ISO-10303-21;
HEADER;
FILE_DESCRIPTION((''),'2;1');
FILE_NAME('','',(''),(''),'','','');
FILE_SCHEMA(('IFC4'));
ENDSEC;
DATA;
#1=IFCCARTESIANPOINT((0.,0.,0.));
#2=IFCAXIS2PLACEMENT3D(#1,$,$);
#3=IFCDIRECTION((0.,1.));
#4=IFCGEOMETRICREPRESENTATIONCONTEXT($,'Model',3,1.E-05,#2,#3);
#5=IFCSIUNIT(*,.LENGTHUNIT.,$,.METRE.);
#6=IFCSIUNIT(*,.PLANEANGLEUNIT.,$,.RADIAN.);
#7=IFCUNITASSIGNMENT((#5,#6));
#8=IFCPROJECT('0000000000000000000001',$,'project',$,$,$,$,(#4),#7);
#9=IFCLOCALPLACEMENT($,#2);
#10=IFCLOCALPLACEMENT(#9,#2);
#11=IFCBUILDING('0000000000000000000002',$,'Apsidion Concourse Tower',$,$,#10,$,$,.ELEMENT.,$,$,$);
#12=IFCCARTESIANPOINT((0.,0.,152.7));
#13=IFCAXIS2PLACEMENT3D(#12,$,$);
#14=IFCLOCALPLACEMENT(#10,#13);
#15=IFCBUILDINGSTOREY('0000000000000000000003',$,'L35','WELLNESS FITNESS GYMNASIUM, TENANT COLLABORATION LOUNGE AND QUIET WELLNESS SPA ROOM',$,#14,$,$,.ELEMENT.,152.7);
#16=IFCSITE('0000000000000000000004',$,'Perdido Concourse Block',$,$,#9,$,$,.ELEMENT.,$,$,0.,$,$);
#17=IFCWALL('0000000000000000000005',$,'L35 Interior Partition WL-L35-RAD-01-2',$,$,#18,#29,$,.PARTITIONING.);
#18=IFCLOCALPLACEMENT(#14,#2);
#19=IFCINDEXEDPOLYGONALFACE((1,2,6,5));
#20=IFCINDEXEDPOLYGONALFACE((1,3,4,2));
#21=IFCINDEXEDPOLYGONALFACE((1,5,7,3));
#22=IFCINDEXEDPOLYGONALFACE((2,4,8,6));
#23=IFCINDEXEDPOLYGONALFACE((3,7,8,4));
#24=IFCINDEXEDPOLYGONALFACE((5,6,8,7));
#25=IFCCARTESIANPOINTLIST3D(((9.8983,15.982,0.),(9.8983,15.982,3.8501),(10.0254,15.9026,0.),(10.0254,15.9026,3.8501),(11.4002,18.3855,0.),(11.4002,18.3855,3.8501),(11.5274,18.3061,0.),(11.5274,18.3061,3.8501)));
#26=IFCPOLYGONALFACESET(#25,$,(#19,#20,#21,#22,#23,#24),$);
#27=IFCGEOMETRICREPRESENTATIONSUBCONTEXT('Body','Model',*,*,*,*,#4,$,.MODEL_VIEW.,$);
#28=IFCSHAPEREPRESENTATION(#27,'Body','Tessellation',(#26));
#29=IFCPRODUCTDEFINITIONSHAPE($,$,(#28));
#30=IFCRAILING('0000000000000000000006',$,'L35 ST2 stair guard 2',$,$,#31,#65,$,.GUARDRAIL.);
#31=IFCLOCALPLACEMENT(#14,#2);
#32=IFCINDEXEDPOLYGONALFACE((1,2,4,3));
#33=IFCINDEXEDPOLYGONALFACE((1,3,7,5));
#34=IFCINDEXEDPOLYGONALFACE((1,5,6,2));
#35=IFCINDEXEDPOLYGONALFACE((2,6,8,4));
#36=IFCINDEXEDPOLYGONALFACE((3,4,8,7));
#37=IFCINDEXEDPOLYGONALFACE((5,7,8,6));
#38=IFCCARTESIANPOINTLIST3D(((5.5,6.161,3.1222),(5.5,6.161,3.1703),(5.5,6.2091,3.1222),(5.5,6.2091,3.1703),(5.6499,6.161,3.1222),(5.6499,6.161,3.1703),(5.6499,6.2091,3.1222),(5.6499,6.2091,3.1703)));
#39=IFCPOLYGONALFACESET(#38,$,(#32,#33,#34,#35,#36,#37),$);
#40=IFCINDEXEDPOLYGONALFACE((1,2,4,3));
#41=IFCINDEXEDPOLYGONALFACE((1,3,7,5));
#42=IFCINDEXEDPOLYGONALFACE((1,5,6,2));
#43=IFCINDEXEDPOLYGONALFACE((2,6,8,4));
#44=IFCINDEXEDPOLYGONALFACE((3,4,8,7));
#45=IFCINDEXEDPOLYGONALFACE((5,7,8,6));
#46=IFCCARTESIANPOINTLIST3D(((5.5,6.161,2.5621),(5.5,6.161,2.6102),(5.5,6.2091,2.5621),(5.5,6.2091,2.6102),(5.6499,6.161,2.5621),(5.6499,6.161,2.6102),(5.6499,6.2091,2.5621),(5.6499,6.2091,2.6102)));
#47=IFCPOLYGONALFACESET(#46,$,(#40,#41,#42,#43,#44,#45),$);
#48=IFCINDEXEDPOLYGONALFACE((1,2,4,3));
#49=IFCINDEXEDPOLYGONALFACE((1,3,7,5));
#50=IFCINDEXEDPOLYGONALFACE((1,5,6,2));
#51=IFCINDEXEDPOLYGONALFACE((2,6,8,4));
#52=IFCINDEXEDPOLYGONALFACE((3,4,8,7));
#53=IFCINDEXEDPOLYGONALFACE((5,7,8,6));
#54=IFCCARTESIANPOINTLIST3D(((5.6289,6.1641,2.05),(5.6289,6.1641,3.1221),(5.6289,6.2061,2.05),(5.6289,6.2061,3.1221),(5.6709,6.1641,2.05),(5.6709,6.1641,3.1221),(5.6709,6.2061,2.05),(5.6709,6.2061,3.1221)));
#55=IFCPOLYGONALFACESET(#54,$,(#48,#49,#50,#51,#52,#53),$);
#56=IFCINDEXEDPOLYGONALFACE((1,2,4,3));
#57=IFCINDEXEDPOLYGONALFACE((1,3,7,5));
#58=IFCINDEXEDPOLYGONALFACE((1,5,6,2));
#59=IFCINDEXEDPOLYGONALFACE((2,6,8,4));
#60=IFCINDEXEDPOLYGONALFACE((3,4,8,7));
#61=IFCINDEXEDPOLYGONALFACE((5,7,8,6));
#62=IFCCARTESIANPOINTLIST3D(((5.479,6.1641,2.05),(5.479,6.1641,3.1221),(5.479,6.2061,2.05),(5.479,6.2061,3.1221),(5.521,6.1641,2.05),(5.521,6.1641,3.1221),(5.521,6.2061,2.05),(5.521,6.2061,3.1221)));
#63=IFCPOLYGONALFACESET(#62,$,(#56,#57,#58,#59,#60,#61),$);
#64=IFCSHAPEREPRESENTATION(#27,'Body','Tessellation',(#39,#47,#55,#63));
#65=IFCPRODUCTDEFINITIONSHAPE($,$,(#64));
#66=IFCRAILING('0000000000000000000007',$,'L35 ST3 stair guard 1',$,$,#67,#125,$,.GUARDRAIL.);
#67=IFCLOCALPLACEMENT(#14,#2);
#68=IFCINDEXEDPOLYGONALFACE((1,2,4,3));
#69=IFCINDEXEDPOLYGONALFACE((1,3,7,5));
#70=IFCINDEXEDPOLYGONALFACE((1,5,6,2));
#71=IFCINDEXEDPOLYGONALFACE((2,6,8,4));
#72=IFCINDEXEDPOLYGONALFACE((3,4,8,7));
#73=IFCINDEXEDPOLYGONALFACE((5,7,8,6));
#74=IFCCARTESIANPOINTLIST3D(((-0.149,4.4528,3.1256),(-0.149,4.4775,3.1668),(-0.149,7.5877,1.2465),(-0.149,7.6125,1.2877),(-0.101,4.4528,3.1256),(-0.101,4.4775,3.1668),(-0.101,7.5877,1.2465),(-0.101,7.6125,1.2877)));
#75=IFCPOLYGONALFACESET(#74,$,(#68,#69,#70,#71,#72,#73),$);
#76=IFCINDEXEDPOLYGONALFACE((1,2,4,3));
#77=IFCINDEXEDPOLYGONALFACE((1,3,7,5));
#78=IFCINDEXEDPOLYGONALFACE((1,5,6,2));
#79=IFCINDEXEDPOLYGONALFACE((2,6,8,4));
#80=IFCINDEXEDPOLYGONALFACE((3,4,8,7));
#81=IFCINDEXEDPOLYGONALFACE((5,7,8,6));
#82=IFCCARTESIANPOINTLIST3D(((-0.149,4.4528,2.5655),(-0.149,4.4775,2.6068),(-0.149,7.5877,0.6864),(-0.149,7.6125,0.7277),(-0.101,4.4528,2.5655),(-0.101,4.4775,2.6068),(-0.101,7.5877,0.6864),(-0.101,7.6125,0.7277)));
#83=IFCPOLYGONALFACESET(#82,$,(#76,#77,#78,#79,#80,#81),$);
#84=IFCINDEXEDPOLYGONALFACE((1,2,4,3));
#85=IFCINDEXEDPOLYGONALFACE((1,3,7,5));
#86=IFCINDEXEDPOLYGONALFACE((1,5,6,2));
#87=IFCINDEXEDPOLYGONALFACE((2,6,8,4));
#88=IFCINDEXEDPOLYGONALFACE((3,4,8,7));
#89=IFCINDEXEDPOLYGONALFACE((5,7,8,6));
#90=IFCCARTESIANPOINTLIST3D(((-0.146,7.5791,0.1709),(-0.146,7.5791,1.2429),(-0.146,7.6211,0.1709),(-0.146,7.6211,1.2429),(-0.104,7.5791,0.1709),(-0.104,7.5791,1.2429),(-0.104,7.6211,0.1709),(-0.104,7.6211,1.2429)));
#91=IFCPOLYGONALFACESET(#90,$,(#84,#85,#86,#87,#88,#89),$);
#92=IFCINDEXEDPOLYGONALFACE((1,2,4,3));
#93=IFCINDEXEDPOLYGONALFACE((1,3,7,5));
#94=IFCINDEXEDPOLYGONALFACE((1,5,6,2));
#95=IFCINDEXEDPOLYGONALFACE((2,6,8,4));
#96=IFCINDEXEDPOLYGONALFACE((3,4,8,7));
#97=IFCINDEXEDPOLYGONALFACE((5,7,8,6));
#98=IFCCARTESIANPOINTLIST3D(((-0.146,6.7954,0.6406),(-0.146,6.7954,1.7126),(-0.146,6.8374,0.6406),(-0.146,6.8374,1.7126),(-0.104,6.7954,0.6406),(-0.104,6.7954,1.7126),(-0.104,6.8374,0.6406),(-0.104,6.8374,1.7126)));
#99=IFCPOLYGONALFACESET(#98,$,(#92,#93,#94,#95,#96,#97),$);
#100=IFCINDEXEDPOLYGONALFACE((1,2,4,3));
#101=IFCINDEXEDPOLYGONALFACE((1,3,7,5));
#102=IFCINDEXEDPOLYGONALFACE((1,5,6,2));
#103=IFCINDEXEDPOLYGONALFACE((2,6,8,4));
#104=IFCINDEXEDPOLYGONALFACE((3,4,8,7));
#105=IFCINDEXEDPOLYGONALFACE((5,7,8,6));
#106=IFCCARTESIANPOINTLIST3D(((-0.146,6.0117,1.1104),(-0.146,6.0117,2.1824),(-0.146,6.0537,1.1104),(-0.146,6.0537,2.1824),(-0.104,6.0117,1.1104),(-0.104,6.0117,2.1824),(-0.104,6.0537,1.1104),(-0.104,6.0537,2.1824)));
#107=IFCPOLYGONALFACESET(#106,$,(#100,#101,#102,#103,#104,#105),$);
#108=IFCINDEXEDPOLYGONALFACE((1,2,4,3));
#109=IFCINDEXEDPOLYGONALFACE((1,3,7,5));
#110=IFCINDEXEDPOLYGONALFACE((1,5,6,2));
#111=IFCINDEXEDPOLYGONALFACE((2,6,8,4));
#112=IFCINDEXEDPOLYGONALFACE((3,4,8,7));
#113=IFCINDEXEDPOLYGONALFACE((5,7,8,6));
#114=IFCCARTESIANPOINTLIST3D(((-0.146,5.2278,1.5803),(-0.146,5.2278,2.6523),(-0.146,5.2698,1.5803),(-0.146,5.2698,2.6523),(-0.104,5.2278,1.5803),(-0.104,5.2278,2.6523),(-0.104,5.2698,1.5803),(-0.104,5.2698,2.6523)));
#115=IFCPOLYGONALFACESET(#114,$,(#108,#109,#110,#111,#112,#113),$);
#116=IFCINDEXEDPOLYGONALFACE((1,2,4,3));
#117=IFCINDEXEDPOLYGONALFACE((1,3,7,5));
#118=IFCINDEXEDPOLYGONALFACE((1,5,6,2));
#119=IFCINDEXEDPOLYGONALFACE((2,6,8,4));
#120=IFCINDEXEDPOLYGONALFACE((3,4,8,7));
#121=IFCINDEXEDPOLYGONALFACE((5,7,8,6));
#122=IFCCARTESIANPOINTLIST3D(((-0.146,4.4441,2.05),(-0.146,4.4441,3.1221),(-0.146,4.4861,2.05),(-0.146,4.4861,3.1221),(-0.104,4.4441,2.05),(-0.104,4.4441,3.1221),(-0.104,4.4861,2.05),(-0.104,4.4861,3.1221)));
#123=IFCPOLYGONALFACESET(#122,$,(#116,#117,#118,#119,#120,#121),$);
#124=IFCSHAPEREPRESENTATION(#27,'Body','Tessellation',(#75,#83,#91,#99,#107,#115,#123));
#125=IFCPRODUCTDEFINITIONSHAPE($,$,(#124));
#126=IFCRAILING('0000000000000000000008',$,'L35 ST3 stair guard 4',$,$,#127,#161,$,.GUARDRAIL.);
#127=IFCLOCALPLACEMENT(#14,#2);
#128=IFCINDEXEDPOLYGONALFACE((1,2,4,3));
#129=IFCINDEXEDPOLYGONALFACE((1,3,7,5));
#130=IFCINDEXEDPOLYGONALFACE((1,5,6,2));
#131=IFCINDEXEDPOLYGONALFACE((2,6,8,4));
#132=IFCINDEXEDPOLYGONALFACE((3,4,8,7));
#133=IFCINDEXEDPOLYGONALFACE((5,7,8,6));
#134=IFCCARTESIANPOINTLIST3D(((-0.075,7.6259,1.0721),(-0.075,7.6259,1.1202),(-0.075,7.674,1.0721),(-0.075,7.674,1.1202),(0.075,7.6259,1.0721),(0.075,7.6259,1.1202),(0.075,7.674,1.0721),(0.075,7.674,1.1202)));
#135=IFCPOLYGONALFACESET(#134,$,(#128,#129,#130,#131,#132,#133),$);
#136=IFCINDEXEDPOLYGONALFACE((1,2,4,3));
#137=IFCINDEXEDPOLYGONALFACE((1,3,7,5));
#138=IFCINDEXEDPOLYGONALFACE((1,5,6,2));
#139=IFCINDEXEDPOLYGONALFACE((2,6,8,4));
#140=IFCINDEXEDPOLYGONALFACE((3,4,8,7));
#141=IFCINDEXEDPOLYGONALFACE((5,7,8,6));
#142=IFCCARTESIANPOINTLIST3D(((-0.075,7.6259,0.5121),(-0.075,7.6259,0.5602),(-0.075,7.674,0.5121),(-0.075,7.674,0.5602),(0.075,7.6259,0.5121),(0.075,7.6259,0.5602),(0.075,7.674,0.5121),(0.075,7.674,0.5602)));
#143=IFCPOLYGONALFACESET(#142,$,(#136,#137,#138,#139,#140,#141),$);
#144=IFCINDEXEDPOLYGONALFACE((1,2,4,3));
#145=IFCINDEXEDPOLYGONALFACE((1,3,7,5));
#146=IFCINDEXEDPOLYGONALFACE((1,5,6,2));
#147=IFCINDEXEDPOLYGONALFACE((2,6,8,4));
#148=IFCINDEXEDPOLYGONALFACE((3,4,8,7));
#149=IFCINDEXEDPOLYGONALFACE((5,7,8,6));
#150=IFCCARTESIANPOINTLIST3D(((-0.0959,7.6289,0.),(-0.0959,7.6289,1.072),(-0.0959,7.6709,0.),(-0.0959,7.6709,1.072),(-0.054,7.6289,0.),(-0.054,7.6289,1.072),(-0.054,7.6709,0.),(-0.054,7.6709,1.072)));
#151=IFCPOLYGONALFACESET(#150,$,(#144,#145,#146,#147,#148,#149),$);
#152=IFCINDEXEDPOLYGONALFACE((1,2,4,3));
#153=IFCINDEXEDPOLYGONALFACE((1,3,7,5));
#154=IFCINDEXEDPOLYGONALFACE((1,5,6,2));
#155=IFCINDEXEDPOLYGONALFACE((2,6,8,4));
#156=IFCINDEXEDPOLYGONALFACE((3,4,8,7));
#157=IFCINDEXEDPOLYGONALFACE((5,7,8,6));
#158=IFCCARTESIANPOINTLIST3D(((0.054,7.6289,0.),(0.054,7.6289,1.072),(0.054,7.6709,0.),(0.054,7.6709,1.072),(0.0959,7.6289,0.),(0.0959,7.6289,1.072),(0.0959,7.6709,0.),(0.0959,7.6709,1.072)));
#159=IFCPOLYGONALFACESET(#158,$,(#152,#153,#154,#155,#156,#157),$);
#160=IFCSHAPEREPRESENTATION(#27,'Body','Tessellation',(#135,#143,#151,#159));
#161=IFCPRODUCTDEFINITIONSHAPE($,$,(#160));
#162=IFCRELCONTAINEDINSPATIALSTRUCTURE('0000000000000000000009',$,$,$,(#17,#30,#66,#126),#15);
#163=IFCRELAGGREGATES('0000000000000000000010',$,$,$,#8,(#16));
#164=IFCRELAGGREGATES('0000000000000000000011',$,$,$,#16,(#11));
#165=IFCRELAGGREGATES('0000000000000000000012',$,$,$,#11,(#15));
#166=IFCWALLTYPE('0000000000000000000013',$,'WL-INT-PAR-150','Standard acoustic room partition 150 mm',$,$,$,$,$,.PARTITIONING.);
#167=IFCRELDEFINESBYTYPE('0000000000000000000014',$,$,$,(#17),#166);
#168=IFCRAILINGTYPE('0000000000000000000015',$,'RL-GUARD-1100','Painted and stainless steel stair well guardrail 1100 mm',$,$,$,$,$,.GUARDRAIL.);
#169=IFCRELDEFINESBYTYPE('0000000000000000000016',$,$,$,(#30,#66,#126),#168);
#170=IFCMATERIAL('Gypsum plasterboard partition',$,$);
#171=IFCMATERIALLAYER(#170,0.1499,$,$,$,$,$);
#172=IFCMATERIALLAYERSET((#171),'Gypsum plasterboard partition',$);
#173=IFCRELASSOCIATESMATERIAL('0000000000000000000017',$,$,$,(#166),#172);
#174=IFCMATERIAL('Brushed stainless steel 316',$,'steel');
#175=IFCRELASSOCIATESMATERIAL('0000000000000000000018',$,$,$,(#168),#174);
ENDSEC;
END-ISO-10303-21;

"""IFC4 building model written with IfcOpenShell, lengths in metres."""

from ifc_helpers import new_model, si_unit, direction, frame, frame_2d, origin, origin_2d, place, context, subcontext, project, spatial, rectangle, extrude, material, layer, layer_set, type_object, element, save


model = new_model("IFC4")

# Units and contexts
model_context = context("Model", 3, precision=1e-05, world=origin(), true_north=direction((0.0, 1.0)))
body_context = subcontext(model_context, "Body", "Model", "MODEL_VIEW")
ifc_project = project(units=[si_unit("LENGTHUNIT", "METRE"), si_unit("PLANEANGLEUNIT", "RADIAN")], contexts=[model_context])

# Site, building, storey
site_placement = place(None, origin())
site = spatial("IfcSite", under=ifc_project, at=site_placement, Name="Perdido Concourse Block", CompositionType="ELEMENT", RefElevation=0.0)
building_placement = place(site_placement, origin())
building = spatial("IfcBuilding", under=site, at=building_placement, Name="Apsidion Concourse Tower", CompositionType="ELEMENT")
storey_placement = place(building_placement, frame((0.0, 0.0, 152.7)))
storey = spatial("IfcBuildingStorey", under=building, at=storey_placement, Name="L35", Description="WELLNESS FITNESS GYMNASIUM, TENANT COLLABORATION LOUNGE AND QUIET WELLNESS SPA ROOM", CompositionType="ELEMENT", Elevation=152.7)

# Shared definitions
ifc_material_1 = material(Name="Gypsum plasterboard partition")
ifc_layer = layer(ifc_material_1, 0.1499)
ifc_layer_set = layer_set([ifc_layer], Name="Gypsum plasterboard partition")
wall_type = type_object("IfcWallType", Name="WL-INT-PAR-150", Description="Standard acoustic room partition 150 mm", PredefinedType="PARTITIONING", material=ifc_layer_set)

# Shared definitions
ifc_material_2 = material(Name="Brushed stainless steel 316", Category="steel")

# Wall
wall_1_placement = place(storey_placement, frame((9.9619, 15.9424, 0.0), z_axis=(0.0, 0.0, 1.0), x_axis=(0.529929, 0.848042, 0.0)))
element("IfcWall", 1, at=wall_1_placement, inside=storey, type_object=wall_type, Name="L35 Interior Partition WL-L35-RAD-01-2", PredefinedType="PARTITIONING", context=body_context, shape_type="SweptSolid", body=[
    extrude(rectangle(XDim=2.8342, YDim=0.1499, at=frame_2d((1.417, 0.0))), origin(), (0.0, 0.0, 1.0), 3.8501),
])

# Railings
railing_type = type_object("IfcRailingType", Name="RL-GUARD-1100", Description="Painted and stainless steel stair well guardrail 1100 mm", PredefinedType="GUARDRAIL", material=ifc_material_2)
railing_1_placement = place(storey_placement, frame((5.6499, 6.1851, 2.05)))
element("IfcRailing", 2, at=railing_1_placement, inside=storey, type_object=railing_type, Name="L35 ST2 stair guard 2", PredefinedType="GUARDRAIL", context=body_context, shape_type="SweptSolid", body=[
    extrude(rectangle(XDim=0.0481, YDim=0.0481, at=origin_2d()), frame((0.0, 0.0, 1.0962), z_axis=(-1.0, 0.0, 0.0), x_axis=(0.0, -1.0, 0.0)), (0.0, 0.0, 1.0), 0.1499),
    extrude(rectangle(XDim=0.0481, YDim=0.0481, at=origin_2d()), frame((0.0, 0.0, 0.5361), z_axis=(-1.0, 0.0, 0.0), x_axis=(0.0, -1.0, 0.0)), (0.0, 0.0, 1.0), 0.1499),
    extrude(rectangle(XDim=0.042, YDim=0.042, at=origin_2d()), origin(), (0.0, 0.0, 1.0), 1.072),
    extrude(rectangle(XDim=0.042, YDim=0.042, at=origin_2d()), frame((-0.1499, 0.0, 0.0)), (0.0, 0.0, 1.0), 1.072),
])
railing_2_placement = place(storey_placement, frame((-0.125, 7.6001, 0.1709)))
element("IfcRailing", 3, at=railing_2_placement, inside=storey, type_object=railing_type, Name="L35 ST3 stair guard 1", PredefinedType="GUARDRAIL", context=body_context, shape_type="SweptSolid", body=[
    extrude(rectangle(XDim=0.0481, YDim=0.0481, at=origin_2d()), frame((0.0, 0.0, 1.0962), z_axis=(0.0, -0.857717, 0.514122), x_axis=(1.0, 0.0, 0.0)), (0.0, 0.0, 1.0), 3.655),
    extrude(rectangle(XDim=0.0481, YDim=0.0481, at=origin_2d()), frame((0.0, 0.0, 0.5361), z_axis=(0.0, -0.857717, 0.514122), x_axis=(1.0, 0.0, 0.0)), (0.0, 0.0, 1.0), 3.655),
    extrude(rectangle(XDim=0.042, YDim=0.042, at=origin_2d()), origin(), (0.0, 0.0, 1.0), 1.072),
    extrude(rectangle(XDim=0.042, YDim=0.042, at=origin_2d()), frame((0.0, -0.7837, 0.4697)), (0.0, 0.0, 1.0), 1.072),
    extrude(rectangle(XDim=0.042, YDim=0.042, at=origin_2d()), frame((0.0, -1.5674, 0.9395)), (0.0, 0.0, 1.0), 1.072),
    extrude(rectangle(XDim=0.042, YDim=0.042, at=origin_2d()), frame((0.0, -2.3513, 1.4094)), (0.0, 0.0, 1.0), 1.072),
    extrude(rectangle(XDim=0.042, YDim=0.042, at=origin_2d()), frame((0.0, -3.135, 1.8792)), (0.0, 0.0, 1.0), 1.072),
])
railing_3_placement = place(storey_placement, frame((-0.075, 7.6499, 0.0)))
element("IfcRailing", 4, at=railing_3_placement, inside=storey, type_object=railing_type, Name="L35 ST3 stair guard 4", PredefinedType="GUARDRAIL", context=body_context, shape_type="SweptSolid", body=[
    extrude(rectangle(XDim=0.0481, YDim=0.0481, at=origin_2d()), frame((0.0, 0.0, 1.0962), z_axis=(1.0, 0.0, 0.0), x_axis=(0.0, 1.0, 0.0)), (0.0, 0.0, 1.0), 0.1499),
    extrude(rectangle(XDim=0.0481, YDim=0.0481, at=origin_2d()), frame((0.0, 0.0, 0.5361), z_axis=(1.0, 0.0, 0.0), x_axis=(0.0, 1.0, 0.0)), (0.0, 0.0, 1.0), 0.1499),
    extrude(rectangle(XDim=0.042, YDim=0.042, at=origin_2d()), origin(), (0.0, 0.0, 1.0), 1.072),
    extrude(rectangle(XDim=0.042, YDim=0.042, at=origin_2d()), frame((0.1499, 0.0, 0.0)), (0.0, 0.0, 1.0), 1.072),
])

save(model, "model.ifc")
